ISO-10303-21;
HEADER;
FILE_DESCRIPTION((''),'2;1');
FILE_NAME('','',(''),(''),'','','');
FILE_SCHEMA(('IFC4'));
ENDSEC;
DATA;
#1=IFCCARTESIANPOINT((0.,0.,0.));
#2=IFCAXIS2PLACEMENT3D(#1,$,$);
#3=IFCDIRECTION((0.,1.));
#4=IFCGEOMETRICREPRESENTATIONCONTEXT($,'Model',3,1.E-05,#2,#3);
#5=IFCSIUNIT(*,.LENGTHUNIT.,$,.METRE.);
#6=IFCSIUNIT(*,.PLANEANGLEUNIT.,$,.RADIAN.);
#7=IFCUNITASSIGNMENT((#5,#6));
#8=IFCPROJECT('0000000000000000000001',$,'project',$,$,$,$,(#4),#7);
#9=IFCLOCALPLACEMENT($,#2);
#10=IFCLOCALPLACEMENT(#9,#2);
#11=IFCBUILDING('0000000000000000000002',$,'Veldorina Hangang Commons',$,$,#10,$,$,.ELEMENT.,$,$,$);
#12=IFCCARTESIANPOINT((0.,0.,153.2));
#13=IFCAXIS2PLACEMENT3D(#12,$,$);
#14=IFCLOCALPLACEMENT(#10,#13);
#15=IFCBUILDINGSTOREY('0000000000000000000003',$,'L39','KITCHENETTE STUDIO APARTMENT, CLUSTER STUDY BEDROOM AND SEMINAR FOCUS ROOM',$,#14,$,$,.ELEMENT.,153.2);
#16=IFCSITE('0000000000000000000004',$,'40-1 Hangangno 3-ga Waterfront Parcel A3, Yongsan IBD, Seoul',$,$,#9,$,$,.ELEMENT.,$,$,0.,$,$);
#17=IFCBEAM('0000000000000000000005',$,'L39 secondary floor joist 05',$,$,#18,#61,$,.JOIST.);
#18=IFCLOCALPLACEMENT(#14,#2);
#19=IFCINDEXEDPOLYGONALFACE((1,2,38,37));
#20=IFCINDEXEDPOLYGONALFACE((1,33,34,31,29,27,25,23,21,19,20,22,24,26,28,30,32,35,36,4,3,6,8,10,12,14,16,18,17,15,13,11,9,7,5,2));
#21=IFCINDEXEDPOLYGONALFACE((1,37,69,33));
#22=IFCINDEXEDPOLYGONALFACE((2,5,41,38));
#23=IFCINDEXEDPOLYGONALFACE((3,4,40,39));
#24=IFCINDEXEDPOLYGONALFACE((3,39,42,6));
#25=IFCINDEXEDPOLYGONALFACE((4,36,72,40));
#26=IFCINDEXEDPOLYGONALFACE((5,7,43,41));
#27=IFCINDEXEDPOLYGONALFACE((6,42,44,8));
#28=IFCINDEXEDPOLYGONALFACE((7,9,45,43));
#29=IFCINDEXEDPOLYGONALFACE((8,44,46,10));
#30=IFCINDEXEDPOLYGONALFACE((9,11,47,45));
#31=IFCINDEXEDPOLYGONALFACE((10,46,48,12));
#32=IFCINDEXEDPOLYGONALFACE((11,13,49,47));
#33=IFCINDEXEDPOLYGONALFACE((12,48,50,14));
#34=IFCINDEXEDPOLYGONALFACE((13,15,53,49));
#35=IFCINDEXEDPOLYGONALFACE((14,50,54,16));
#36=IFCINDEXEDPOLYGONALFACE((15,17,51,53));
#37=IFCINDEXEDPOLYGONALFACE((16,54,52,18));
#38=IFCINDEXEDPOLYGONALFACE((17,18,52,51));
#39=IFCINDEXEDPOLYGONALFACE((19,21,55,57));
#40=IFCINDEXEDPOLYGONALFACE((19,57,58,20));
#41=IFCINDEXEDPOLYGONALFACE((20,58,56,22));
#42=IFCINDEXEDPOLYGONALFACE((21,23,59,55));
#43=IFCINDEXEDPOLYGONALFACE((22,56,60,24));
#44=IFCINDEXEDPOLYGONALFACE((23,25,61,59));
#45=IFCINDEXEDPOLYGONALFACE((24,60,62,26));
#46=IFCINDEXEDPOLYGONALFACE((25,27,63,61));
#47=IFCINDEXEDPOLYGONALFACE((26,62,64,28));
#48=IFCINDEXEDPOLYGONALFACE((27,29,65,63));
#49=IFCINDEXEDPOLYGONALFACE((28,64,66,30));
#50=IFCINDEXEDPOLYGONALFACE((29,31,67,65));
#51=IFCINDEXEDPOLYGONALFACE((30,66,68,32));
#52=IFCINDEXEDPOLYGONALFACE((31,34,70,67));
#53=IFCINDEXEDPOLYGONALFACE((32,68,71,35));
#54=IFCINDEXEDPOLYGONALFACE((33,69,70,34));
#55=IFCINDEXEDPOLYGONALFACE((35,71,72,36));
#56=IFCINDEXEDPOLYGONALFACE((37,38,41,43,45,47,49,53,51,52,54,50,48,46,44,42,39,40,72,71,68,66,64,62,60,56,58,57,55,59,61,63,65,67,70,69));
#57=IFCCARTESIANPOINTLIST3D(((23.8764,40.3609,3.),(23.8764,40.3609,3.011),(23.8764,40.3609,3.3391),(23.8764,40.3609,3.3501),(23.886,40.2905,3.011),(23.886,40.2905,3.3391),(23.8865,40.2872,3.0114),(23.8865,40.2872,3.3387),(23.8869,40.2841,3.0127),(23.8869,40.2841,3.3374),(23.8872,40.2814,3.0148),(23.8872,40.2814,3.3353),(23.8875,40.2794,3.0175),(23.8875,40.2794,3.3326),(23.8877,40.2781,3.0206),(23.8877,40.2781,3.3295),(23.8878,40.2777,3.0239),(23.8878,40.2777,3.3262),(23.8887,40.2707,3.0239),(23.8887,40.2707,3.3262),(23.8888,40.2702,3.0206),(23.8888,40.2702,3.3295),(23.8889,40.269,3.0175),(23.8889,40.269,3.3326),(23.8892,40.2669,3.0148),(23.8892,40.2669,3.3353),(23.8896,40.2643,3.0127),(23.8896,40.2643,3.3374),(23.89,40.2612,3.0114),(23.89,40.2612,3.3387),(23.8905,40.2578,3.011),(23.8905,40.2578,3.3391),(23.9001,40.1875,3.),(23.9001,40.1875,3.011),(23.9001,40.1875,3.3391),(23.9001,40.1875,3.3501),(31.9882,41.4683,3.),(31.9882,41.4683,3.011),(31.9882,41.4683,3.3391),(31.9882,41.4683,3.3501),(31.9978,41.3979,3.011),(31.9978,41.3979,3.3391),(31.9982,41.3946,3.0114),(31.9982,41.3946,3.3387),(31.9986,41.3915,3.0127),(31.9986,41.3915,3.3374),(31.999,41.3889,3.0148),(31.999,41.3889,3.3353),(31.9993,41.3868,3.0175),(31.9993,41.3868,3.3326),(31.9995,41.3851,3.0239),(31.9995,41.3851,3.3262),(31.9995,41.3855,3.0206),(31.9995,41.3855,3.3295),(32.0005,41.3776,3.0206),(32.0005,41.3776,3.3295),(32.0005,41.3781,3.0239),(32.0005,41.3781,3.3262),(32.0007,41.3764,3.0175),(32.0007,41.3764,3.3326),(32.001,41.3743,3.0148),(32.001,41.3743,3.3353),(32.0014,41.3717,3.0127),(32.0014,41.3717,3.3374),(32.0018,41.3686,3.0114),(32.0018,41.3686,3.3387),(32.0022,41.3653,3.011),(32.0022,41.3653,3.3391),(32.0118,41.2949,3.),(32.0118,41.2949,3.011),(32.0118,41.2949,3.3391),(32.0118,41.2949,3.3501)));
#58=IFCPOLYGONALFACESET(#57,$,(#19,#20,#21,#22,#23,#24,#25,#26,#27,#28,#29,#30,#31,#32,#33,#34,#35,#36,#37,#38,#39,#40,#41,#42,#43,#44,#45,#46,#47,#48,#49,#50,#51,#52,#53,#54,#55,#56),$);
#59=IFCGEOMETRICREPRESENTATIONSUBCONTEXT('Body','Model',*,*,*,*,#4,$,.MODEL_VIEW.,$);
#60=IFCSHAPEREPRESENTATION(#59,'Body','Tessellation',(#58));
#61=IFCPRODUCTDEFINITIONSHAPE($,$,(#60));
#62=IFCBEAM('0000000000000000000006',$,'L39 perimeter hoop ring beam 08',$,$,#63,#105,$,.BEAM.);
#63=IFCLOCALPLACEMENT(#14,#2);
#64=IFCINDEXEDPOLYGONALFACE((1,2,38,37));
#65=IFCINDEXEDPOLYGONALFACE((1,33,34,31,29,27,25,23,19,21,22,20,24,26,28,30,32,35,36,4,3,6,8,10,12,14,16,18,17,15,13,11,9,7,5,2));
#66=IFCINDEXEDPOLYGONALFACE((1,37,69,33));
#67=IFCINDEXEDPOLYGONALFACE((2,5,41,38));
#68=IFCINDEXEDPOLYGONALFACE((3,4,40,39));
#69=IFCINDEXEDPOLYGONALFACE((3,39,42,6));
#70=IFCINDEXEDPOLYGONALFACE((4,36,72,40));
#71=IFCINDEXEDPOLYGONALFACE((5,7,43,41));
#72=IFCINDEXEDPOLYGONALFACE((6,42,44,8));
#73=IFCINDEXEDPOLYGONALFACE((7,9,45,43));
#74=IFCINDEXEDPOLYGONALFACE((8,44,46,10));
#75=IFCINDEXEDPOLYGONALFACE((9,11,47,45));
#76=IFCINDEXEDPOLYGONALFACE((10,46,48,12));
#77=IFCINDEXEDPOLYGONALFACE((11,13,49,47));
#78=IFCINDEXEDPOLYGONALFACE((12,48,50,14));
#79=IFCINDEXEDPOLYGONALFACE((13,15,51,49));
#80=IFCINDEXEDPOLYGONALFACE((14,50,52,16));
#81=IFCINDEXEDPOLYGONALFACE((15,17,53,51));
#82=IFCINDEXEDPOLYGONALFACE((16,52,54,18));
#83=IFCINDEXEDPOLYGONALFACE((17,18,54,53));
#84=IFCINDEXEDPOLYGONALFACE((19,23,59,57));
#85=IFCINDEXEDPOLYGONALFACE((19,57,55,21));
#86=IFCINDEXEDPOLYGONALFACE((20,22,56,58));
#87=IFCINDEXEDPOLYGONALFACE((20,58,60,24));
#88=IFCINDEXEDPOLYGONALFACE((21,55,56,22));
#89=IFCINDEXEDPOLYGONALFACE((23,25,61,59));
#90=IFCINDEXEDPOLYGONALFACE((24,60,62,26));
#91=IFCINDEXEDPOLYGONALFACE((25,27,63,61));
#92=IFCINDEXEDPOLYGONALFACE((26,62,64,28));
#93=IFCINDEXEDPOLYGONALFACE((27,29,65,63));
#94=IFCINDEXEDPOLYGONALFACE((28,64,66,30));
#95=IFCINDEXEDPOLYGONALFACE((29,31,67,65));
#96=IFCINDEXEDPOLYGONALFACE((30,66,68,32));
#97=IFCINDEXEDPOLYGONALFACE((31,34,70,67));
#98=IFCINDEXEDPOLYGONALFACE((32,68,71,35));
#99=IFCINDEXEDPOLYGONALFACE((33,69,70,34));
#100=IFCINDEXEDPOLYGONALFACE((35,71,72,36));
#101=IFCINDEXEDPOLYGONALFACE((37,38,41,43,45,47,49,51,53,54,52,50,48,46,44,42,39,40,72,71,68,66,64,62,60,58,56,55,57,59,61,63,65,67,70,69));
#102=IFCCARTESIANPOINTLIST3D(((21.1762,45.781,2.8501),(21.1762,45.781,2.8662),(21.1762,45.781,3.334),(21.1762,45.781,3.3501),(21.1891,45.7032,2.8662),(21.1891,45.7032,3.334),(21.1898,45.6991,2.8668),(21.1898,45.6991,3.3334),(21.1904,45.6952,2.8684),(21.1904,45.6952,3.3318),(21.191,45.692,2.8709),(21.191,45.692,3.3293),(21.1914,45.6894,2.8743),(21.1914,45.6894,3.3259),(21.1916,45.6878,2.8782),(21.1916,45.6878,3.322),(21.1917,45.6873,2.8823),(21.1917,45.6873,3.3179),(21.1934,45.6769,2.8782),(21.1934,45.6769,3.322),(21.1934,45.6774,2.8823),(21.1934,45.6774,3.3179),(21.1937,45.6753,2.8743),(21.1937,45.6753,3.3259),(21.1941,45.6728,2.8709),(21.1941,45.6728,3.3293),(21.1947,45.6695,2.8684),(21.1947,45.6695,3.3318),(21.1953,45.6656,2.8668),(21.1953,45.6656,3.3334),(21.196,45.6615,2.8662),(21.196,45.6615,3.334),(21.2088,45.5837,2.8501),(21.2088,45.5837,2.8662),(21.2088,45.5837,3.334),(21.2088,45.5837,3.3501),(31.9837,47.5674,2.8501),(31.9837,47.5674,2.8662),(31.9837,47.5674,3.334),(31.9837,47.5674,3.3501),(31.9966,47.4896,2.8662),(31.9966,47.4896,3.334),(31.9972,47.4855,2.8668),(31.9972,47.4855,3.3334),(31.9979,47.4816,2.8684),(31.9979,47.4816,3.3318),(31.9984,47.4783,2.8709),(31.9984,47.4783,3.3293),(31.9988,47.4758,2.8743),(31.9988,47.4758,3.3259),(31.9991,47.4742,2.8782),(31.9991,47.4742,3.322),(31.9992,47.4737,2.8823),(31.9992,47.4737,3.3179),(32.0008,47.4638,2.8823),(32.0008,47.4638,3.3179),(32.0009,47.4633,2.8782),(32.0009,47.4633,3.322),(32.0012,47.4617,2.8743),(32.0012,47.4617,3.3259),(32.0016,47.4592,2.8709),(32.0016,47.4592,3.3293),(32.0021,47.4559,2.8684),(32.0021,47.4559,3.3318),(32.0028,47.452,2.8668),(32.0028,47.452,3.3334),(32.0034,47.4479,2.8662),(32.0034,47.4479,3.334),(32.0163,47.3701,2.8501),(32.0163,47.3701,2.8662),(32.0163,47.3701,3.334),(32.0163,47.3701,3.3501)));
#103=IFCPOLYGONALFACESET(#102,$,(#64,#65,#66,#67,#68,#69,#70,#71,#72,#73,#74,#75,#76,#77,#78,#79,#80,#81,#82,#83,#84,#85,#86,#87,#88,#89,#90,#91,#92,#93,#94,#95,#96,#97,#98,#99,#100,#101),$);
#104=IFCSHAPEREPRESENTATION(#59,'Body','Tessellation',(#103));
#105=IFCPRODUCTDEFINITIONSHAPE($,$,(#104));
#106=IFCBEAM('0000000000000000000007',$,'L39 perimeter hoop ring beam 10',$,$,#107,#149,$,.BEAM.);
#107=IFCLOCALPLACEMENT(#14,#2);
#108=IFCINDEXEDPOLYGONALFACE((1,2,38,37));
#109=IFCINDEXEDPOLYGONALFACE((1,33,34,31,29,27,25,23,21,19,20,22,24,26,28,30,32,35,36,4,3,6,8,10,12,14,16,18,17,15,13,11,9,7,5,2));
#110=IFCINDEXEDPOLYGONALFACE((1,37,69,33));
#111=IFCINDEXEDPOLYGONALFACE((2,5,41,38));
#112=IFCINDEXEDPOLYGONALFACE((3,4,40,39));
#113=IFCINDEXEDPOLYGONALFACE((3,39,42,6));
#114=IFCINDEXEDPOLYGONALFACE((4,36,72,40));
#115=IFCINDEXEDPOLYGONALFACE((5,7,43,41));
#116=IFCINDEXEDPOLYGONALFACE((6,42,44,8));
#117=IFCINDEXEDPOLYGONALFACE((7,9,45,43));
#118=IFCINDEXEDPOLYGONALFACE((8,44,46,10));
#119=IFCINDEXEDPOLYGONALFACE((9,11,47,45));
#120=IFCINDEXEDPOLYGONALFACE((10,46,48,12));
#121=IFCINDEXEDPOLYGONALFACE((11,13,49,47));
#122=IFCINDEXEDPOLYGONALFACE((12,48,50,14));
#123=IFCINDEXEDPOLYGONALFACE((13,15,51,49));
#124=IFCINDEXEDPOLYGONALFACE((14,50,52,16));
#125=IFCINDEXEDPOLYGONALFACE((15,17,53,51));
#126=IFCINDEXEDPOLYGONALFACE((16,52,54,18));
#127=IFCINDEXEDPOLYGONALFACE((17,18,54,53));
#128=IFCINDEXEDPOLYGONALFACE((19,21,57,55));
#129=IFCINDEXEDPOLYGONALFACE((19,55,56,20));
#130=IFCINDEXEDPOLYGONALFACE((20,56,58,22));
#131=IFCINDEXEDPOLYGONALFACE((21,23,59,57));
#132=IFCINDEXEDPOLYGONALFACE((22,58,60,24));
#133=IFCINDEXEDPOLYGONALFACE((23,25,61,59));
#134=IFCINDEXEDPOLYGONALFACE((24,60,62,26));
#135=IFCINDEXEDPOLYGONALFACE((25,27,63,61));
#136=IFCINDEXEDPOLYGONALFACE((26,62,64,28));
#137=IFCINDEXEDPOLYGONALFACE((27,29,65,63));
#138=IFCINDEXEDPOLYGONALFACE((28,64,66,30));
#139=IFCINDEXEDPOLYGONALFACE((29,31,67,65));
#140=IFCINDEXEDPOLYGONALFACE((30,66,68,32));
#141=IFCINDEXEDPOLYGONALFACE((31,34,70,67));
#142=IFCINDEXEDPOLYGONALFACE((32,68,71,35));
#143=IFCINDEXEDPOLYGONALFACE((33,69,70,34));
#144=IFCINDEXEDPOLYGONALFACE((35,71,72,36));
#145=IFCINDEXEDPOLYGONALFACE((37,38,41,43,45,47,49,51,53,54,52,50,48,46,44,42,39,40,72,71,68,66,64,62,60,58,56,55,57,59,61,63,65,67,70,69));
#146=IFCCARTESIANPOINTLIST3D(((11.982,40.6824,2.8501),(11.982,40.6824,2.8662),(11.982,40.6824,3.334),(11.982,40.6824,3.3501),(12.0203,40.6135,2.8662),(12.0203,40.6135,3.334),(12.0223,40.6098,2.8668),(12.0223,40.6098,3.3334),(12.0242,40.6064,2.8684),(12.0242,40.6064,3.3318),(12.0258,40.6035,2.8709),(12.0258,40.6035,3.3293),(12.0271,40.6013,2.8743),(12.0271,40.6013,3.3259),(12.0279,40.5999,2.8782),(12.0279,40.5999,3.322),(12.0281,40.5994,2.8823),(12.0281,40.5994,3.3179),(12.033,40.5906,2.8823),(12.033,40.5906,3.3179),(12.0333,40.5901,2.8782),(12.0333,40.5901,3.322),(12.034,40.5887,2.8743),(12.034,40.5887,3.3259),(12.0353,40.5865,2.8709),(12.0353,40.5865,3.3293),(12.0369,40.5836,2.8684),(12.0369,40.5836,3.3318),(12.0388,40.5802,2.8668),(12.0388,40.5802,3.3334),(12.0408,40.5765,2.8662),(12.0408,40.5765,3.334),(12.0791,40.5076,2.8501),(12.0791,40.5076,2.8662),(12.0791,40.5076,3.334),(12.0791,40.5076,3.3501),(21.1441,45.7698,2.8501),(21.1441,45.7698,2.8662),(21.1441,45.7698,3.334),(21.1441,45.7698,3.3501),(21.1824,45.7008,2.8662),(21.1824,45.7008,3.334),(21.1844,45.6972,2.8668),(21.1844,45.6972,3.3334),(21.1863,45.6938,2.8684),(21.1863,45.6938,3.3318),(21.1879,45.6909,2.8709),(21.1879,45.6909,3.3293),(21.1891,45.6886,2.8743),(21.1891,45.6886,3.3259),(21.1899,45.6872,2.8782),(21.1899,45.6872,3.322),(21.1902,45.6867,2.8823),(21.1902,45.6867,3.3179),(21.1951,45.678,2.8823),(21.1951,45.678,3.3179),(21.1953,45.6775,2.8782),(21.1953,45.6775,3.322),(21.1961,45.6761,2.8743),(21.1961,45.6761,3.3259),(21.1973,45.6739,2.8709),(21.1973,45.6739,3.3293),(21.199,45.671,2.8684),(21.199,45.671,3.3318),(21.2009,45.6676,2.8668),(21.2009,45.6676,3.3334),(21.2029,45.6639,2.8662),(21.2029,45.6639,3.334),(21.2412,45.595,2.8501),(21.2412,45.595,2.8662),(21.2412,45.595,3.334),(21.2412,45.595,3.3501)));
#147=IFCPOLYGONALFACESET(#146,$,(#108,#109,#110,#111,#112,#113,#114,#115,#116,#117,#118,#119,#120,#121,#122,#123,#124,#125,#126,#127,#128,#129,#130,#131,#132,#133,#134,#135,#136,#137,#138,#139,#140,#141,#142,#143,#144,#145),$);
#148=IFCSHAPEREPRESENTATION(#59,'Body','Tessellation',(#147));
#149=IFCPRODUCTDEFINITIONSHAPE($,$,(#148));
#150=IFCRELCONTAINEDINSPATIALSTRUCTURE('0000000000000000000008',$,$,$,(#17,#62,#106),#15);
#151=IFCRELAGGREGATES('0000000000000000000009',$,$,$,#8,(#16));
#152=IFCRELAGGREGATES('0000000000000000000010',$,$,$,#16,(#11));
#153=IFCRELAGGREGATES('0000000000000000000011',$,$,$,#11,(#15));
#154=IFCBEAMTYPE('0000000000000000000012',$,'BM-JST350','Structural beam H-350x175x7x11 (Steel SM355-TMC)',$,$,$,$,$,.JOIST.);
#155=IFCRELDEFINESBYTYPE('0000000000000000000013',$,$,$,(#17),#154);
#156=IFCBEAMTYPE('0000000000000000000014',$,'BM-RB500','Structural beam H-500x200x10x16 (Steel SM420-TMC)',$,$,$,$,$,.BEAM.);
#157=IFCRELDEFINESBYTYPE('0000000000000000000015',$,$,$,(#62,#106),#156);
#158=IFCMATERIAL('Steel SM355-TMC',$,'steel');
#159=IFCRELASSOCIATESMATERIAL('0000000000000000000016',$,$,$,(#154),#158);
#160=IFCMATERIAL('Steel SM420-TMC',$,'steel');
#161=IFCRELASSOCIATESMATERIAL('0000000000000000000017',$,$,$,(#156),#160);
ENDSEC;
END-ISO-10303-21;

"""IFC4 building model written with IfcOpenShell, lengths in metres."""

from ifc_helpers import new_model, si_unit, direction, frame, origin, origin_2d, place, context, subcontext, project, spatial, i_section, extrude, material, material_profile, profile_set, type_object, element, save


model = new_model("IFC4")

# Units and contexts
model_context = context("Model", 3, precision=1e-05, world=origin(), true_north=direction((0.0, 1.0)))
body_context = subcontext(model_context, "Body", "Model", "MODEL_VIEW")
ifc_project = project(units=[si_unit("LENGTHUNIT", "METRE"), si_unit("PLANEANGLEUNIT", "RADIAN")], contexts=[model_context])

# Site, building, storey
site_placement = place(None, origin())
site = spatial("IfcSite", under=ifc_project, at=site_placement, Name="40-1 Hangangno 3-ga Waterfront Parcel A3, Yongsan IBD, Seoul", CompositionType="ELEMENT", RefElevation=0.0)
building_placement = place(site_placement, origin())
building = spatial("IfcBuilding", under=site, at=building_placement, Name="Veldorina Hangang Commons", CompositionType="ELEMENT")
storey_placement = place(building_placement, frame((0.0, 0.0, 153.2)))
storey = spatial("IfcBuildingStorey", under=building, at=storey_placement, Name="L39", Description="KITCHENETTE STUDIO APARTMENT, CLUSTER STUDY BEDROOM AND SEMINAR FOCUS ROOM", CompositionType="ELEMENT", Elevation=153.2)

# Beams
ifc_material_1 = material(Name="Steel SM355-TMC", Category="steel")
ifc_material_profile_1 = material_profile(ifc_material_1, i_section(OverallWidth=0.175, OverallDepth=0.3501, WebThickness=0.0071, FlangeThickness=0.011, FilletRadius=0.0129, at=origin_2d()), Name="H-350x175x7x11")
ifc_profile_set_1 = profile_set([ifc_material_profile_1], Name="Steel SM355-TMC")
beam_type_1 = type_object("IfcBeamType", Name="BM-JST350", Description="Structural beam H-350x175x7x11 (Steel SM355-TMC)", PredefinedType="JOIST", material=ifc_profile_set_1)
beam_1_placement = place(storey_placement, frame((32.0, 41.3816, 3.175), z_axis=(-0.990809, -0.135265, 0.0), x_axis=(0.135265, -0.990809, 0.0)))
element("IfcBeam", 1, at=beam_1_placement, inside=storey, type_object=beam_type_1, Name="L39 secondary floor joist 05", PredefinedType="JOIST", context=body_context, shape_type="SweptSolid", body=[
    extrude(i_section(OverallWidth=0.175, OverallDepth=0.3501, WebThickness=0.0071, FlangeThickness=0.011, FilletRadius=0.0129, at=origin_2d()), origin(), (0.0, 0.0, 1.0), 8.187),
])
ifc_material_2 = material(Name="Steel SM420-TMC", Category="steel")
ifc_material_profile_2 = material_profile(ifc_material_2, i_section(OverallWidth=0.2, OverallDepth=0.5, WebThickness=0.01, FlangeThickness=0.0161, FilletRadius=0.0161, at=origin_2d()), Name="H-500x200x10x16")
ifc_profile_set_2 = profile_set([ifc_material_profile_2], Name="Steel SM420-TMC")
beam_type_2 = type_object("IfcBeamType", Name="BM-RB500", Description="Structural beam H-500x200x10x16 (Steel SM420-TMC)", PredefinedType="BEAM", material=ifc_profile_set_2)
beam_2_placement = place(storey_placement, frame((32.0, 47.4688, 3.1001), z_axis=(-0.986613, -0.16308, 0.0), x_axis=(0.16308, -0.986613, 0.0)))
element("IfcBeam", 2, at=beam_2_placement, inside=storey, type_object=beam_type_2, Name="L39 perimeter hoop ring beam 08", PredefinedType="BEAM", context=body_context, shape_type="SweptSolid", body=[
    extrude(i_section(OverallWidth=0.2, OverallDepth=0.5, WebThickness=0.01, FlangeThickness=0.0161, FilletRadius=0.0161, at=origin_2d()), origin(), (0.0, 0.0, 1.0), 10.9541),
])
beam_3_placement = place(storey_placement, frame((21.1926, 45.6824, 3.1001), z_axis=(-0.874265, -0.485449, 0.0), x_axis=(0.485449, -0.874265, 0.0)))
element("IfcBeam", 3, at=beam_3_placement, inside=storey, type_object=beam_type_2, Name="L39 perimeter hoop ring beam 10", PredefinedType="BEAM", context=body_context, shape_type="SweptSolid", body=[
    extrude(i_section(OverallWidth=0.2, OverallDepth=0.5, WebThickness=0.01, FlangeThickness=0.0161, FilletRadius=0.0161, at=origin_2d()), origin(), (0.0, 0.0, 1.0), 10.4797),
])

save(model, "model.ifc")
